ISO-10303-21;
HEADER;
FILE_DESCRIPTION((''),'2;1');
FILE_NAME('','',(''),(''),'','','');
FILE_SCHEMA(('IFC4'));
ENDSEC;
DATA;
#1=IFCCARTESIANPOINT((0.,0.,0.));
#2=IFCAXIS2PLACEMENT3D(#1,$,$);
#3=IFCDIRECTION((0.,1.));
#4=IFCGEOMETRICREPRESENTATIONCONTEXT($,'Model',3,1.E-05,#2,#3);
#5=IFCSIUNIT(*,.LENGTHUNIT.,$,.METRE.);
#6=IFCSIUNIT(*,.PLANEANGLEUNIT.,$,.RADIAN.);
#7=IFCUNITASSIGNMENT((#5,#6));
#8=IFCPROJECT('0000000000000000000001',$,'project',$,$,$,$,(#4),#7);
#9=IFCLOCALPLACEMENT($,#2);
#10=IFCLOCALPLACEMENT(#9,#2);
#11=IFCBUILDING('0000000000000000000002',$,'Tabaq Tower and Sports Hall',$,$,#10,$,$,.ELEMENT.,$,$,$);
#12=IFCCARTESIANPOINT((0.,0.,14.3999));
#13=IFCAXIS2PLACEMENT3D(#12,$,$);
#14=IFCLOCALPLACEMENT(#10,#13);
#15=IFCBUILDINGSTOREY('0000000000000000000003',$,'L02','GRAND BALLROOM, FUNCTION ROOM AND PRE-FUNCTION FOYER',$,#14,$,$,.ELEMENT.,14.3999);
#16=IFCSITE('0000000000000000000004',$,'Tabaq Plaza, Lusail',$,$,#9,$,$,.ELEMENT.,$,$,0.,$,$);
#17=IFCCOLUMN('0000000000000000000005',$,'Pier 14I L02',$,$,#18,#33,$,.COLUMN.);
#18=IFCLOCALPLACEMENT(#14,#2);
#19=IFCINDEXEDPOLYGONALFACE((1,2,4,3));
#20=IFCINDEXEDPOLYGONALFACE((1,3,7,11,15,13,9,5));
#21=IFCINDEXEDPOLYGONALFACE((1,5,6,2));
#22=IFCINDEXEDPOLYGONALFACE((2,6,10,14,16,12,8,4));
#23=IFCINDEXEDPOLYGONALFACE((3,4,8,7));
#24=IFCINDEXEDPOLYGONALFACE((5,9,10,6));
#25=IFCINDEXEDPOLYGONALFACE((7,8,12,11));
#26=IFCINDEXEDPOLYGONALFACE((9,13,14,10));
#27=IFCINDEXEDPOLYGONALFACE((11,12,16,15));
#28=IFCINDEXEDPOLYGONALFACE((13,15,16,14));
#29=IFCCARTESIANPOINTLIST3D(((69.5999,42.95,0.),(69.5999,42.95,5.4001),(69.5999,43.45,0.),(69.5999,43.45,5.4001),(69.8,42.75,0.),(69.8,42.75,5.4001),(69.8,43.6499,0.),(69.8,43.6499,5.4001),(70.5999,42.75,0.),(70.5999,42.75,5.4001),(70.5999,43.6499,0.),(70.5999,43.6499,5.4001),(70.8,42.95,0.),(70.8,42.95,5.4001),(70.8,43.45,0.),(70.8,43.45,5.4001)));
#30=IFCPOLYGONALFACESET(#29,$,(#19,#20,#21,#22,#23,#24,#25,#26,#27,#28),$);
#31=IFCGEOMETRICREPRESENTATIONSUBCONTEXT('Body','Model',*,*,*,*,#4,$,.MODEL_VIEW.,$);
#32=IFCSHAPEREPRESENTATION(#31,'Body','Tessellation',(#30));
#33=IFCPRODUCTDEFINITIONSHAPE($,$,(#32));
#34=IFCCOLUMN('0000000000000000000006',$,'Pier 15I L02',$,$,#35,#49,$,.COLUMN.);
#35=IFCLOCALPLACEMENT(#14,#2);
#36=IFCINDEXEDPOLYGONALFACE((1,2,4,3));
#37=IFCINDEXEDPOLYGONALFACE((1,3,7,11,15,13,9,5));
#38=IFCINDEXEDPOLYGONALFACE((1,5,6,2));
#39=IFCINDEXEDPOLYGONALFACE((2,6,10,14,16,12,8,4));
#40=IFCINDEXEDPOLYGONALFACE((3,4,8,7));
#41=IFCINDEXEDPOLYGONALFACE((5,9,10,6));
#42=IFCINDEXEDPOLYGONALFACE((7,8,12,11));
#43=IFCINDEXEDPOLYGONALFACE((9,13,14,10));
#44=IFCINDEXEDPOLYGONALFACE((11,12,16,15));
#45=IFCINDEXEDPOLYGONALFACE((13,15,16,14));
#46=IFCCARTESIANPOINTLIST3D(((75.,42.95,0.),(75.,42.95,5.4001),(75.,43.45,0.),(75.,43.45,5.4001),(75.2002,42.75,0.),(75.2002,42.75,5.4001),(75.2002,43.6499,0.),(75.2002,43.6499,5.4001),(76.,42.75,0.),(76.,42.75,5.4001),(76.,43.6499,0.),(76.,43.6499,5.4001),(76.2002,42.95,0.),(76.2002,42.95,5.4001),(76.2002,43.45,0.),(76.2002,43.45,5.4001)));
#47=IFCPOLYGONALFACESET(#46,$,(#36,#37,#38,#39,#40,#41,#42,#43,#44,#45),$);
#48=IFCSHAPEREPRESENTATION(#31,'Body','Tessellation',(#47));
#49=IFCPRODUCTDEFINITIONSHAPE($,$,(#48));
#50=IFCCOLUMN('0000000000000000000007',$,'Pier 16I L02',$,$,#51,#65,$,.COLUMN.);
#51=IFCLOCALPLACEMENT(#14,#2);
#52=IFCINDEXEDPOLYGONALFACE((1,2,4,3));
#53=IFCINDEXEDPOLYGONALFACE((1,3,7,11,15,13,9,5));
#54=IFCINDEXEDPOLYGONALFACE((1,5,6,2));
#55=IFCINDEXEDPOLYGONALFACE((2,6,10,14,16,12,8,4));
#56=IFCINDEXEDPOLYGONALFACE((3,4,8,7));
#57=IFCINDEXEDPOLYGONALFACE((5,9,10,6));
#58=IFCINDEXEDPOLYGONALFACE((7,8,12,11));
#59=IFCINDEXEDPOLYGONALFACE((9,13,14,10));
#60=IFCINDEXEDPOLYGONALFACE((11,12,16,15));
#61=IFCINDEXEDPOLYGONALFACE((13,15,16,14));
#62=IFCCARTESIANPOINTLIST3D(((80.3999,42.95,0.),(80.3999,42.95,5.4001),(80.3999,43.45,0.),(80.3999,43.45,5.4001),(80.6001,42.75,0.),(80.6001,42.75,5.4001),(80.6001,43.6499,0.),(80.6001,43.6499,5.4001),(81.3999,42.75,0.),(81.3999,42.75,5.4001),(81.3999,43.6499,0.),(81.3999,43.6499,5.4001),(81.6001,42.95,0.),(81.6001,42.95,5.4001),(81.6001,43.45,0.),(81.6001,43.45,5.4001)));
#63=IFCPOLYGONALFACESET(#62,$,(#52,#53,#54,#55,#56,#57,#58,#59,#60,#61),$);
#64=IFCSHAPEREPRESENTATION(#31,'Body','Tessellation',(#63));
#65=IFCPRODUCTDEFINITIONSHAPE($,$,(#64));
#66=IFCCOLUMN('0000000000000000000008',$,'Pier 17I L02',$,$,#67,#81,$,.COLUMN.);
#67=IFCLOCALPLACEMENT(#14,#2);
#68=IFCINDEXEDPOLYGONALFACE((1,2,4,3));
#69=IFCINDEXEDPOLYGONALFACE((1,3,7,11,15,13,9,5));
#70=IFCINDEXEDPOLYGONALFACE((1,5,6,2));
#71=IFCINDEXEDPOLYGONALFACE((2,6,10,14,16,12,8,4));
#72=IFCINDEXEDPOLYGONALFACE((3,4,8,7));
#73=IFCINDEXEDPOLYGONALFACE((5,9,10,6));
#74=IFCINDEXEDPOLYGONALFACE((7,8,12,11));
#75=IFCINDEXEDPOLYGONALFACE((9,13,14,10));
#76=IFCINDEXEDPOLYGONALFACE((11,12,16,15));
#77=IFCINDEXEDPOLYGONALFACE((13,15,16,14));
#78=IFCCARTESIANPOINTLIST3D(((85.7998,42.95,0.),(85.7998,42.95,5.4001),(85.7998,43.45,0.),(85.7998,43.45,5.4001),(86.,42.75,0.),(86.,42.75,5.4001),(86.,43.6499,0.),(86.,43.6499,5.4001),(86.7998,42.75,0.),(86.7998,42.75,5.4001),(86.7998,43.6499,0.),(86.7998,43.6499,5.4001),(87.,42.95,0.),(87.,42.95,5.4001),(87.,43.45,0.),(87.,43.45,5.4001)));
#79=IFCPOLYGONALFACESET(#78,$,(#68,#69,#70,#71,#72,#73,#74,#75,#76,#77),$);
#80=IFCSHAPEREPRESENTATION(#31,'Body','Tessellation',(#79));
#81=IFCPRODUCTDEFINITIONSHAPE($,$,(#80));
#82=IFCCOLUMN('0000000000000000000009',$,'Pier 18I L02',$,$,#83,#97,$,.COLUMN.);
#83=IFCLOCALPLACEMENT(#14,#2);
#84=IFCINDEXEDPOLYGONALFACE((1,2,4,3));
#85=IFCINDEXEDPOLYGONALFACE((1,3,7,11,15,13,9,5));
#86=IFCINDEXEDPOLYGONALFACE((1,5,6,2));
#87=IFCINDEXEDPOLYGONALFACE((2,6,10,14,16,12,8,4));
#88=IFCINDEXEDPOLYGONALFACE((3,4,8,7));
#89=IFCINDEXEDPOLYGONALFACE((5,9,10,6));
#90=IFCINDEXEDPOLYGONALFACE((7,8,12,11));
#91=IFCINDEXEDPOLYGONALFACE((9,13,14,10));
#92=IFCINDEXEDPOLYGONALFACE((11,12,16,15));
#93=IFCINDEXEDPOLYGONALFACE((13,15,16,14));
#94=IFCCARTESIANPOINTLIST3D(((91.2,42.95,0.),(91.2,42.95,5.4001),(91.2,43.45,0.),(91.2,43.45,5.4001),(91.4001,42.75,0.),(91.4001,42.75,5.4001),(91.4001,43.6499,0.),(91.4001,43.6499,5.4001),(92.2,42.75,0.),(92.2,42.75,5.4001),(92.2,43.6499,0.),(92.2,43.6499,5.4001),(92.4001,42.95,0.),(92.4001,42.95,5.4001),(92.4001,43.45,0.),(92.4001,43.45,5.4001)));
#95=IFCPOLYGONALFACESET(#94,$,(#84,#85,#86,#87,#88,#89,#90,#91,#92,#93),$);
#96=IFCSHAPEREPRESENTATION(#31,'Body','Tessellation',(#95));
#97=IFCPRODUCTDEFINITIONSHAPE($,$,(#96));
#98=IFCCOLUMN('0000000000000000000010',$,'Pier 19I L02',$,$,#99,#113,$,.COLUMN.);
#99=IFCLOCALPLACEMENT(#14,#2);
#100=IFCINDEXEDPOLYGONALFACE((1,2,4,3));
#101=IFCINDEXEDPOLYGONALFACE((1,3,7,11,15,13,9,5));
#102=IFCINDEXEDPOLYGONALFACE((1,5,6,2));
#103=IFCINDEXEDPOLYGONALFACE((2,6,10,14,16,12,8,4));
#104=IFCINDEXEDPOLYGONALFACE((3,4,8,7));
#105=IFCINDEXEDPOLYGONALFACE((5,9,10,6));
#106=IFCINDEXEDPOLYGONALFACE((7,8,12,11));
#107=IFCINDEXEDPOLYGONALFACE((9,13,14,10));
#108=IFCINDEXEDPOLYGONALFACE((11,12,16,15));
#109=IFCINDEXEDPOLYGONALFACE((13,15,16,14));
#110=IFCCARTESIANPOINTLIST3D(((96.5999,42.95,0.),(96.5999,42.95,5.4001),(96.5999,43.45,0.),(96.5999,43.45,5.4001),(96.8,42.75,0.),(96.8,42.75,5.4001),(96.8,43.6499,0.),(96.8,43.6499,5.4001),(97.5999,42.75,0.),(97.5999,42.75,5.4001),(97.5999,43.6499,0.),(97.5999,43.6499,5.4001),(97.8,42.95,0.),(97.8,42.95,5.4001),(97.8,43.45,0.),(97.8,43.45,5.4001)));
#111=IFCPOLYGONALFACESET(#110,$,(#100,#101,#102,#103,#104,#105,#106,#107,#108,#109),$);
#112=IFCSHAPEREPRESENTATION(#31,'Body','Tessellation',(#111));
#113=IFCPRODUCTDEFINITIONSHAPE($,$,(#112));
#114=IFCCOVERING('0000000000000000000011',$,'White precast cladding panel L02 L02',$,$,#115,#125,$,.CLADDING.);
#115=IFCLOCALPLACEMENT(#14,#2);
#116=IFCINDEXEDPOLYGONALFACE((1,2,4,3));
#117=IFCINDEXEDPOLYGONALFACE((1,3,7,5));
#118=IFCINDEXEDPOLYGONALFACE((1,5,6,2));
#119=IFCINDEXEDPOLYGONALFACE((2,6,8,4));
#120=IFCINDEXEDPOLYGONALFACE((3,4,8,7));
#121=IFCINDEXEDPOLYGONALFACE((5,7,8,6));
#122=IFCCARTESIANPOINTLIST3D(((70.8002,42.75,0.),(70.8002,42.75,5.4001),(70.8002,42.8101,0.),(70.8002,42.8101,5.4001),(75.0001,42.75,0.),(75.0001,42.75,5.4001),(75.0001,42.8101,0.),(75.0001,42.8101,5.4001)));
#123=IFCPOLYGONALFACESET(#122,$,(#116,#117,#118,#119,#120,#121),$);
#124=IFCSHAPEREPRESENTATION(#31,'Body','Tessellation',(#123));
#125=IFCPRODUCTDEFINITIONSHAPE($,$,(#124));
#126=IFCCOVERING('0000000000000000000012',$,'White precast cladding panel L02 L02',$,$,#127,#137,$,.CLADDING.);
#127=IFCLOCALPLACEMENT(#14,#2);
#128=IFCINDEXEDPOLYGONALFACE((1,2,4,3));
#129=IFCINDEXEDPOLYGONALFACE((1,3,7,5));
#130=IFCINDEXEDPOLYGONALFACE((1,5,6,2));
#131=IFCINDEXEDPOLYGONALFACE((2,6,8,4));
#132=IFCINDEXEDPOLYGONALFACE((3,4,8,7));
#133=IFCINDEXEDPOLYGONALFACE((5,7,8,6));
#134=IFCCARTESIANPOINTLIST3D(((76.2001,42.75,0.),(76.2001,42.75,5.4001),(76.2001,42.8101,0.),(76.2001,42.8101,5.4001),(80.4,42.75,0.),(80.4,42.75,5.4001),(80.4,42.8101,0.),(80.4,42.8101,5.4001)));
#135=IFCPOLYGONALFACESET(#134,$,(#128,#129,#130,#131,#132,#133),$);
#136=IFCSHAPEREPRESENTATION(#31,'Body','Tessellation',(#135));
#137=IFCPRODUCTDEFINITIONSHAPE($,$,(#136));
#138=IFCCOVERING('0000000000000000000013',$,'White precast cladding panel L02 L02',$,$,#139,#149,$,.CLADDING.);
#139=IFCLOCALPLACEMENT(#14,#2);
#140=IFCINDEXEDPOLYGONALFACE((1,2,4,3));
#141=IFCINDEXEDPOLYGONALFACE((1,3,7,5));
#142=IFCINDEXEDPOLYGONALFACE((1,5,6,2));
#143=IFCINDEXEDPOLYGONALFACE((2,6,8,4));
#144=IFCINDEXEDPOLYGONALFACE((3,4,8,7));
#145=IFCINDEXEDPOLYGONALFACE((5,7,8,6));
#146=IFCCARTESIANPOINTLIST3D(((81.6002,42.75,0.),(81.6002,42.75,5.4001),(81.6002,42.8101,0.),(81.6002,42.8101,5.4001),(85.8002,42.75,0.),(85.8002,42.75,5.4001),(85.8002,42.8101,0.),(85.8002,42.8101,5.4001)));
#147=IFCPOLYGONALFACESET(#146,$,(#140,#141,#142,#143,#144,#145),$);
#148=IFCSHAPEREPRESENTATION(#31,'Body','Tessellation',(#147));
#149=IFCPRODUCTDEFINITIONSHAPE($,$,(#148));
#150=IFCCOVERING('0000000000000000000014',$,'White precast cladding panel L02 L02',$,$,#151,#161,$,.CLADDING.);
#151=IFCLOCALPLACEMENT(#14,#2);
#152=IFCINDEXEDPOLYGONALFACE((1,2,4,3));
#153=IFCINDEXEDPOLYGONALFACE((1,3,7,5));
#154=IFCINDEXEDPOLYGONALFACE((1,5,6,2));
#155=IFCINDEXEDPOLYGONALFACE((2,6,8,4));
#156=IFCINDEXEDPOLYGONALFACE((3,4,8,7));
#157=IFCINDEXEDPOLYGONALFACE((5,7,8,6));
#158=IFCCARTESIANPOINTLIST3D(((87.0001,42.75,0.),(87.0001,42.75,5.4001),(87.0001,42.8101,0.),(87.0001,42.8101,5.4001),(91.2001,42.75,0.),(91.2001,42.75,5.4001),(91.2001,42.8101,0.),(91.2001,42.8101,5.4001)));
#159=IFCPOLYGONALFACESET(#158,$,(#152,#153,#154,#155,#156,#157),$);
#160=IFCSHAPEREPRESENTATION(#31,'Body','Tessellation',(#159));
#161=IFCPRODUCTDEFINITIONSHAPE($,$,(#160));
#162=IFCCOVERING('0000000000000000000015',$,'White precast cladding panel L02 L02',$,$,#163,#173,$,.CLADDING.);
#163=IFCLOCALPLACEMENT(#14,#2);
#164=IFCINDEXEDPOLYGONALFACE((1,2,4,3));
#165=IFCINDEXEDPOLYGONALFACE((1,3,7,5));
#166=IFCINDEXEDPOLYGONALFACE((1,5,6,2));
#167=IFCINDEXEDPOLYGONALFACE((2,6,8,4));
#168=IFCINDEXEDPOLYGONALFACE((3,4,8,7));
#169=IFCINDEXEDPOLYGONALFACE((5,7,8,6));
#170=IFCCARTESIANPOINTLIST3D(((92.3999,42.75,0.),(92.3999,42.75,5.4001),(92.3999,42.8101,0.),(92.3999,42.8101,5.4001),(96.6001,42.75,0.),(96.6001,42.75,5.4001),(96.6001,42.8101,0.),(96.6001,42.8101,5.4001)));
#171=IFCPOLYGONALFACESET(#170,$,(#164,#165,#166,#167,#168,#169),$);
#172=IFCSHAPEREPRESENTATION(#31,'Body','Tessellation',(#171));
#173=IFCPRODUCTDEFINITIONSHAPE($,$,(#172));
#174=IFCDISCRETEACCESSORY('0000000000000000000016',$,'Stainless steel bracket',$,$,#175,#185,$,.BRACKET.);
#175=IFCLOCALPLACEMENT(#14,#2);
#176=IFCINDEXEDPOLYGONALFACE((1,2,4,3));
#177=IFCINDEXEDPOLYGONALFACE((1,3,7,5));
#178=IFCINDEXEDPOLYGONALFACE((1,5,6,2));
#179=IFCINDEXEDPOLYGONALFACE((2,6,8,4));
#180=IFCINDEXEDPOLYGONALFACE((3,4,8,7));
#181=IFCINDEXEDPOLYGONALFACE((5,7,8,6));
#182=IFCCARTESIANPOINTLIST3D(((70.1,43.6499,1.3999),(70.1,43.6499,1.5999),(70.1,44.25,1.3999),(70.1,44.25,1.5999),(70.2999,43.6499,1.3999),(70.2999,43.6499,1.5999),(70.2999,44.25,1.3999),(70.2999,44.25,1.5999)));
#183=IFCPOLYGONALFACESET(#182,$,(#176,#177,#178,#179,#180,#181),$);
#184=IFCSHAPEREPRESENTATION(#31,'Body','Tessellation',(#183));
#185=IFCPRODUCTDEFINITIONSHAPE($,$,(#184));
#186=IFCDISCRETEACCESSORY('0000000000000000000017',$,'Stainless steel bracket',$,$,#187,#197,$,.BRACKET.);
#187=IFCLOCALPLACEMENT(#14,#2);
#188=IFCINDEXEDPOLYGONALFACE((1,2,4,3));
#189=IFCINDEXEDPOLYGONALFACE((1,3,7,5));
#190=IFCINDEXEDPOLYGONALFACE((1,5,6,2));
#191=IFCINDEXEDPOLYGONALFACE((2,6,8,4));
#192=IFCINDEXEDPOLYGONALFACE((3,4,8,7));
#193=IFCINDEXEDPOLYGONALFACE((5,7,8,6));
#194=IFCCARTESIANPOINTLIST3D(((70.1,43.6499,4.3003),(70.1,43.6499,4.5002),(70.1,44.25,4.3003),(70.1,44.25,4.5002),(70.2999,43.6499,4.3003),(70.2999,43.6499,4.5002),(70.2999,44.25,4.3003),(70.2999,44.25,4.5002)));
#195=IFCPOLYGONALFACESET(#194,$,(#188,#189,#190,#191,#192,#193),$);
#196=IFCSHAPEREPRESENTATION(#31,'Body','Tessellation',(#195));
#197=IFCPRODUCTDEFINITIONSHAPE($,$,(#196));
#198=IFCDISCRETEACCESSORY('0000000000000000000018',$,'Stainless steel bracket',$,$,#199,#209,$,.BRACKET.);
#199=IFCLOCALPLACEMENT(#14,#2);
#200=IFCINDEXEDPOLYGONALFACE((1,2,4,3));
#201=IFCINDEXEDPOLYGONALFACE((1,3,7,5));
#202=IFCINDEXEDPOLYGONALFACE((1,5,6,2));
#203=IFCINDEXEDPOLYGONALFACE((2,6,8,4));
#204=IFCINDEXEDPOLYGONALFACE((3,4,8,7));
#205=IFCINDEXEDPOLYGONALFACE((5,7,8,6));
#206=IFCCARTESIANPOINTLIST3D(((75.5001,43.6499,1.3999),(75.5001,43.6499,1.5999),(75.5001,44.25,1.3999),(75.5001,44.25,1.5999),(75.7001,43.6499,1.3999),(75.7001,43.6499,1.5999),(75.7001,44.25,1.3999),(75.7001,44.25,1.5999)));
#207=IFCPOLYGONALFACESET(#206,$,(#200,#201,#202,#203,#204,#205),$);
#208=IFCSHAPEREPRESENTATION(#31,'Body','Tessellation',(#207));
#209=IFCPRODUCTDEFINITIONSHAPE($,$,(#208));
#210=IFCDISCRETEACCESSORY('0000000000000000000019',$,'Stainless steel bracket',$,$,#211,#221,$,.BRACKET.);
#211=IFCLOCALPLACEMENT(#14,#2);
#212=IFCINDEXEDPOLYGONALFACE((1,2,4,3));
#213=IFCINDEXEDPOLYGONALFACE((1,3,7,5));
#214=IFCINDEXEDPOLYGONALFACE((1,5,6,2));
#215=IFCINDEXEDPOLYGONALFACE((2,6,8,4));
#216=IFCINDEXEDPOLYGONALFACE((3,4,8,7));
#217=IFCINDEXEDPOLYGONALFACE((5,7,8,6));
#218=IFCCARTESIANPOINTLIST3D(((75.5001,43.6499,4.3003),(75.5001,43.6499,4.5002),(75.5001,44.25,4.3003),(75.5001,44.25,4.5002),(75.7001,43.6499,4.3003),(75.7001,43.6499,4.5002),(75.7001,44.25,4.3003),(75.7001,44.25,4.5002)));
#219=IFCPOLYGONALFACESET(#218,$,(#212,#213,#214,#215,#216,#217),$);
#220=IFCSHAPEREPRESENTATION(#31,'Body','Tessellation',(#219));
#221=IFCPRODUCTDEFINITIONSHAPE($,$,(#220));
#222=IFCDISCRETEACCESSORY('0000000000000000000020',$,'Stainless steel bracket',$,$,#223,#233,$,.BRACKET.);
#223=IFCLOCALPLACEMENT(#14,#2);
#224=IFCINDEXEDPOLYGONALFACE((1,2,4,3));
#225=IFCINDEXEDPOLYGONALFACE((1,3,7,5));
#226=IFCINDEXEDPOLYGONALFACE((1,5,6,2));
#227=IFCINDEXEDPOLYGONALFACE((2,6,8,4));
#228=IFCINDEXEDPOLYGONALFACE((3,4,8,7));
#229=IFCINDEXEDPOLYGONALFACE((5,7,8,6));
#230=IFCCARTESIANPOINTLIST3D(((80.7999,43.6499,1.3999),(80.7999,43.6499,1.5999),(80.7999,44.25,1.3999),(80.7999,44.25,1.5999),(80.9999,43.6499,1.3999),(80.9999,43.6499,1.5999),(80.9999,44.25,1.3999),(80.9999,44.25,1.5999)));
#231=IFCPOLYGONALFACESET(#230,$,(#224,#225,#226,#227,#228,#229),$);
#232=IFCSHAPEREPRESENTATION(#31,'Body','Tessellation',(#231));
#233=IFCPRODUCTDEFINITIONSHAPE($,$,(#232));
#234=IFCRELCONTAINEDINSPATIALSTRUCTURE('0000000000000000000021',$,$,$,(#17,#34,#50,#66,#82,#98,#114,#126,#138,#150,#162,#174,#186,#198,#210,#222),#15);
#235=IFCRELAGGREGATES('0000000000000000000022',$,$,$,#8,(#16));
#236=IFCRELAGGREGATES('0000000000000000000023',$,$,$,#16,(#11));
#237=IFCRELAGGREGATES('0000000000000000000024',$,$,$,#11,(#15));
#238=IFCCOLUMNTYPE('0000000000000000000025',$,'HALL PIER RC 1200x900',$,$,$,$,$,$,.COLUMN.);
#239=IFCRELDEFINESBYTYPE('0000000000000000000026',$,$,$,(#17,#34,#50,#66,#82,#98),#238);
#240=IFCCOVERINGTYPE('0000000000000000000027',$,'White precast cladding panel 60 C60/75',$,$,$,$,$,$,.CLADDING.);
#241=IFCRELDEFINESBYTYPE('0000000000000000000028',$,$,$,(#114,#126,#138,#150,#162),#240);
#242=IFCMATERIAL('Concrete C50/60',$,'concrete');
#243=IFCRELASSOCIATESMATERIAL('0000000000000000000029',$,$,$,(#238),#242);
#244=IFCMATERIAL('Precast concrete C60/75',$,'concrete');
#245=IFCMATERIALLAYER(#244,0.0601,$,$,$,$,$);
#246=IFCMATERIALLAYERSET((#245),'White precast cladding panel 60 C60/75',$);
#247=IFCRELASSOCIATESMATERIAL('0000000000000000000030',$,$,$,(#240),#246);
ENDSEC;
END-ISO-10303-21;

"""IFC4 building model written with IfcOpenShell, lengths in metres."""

from ifc_helpers import new_model, si_unit, direction, frame, frame_2d, origin, origin_2d, place, context, subcontext, project, spatial, polyline, rectangle, outline, extrude, material, layer, layer_set, material_profile, profile_set, type_object, element, save


model = new_model("IFC4")

# Units and contexts
model_context = context("Model", 3, precision=1e-05, world=origin(), true_north=direction((0.0, 1.0)))
body_context = subcontext(model_context, "Body", "Model", "MODEL_VIEW")
ifc_project = project(units=[si_unit("LENGTHUNIT", "METRE"), si_unit("PLANEANGLEUNIT", "RADIAN")], contexts=[model_context])

# Site, building, storey
site_placement = place(None, origin())
site = spatial("IfcSite", under=ifc_project, at=site_placement, Name="Tabaq Plaza, Lusail", CompositionType="ELEMENT", RefElevation=0.0)
building_placement = place(site_placement, origin())
building = spatial("IfcBuilding", under=site, at=building_placement, Name="Tabaq Tower and Sports Hall", CompositionType="ELEMENT")
storey_placement = place(building_placement, frame((0.0, 0.0, 14.3999)))
storey = spatial("IfcBuildingStorey", under=building, at=storey_placement, Name="L02", Description="GRAND BALLROOM, FUNCTION ROOM AND PRE-FUNCTION FOYER", CompositionType="ELEMENT", Elevation=14.3999)

# Columns
ifc_material_1 = material(Name="Concrete C50/60", Category="concrete")
ifc_material_profile = material_profile(ifc_material_1, outline(polyline([(-0.3999, -0.45), (0.3999, -0.45), (0.6001, -0.25), (0.6001, 0.25), (0.3999, 0.45), (-0.3999, 0.45), (-0.6001, 0.25), (-0.6001, -0.25), (-0.3999, -0.45)])), Name="PIER 1200x900")
ifc_profile_set = profile_set([ifc_material_profile], Name="Concrete C50/60")
column_type = type_object("IfcColumnType", Name="HALL PIER RC 1200x900", PredefinedType="COLUMN", material=ifc_profile_set)
for number, where, z_axis, x_axis, name in (
    (1, (70.2, 43.2, 0.0), (0.0, 0.0, 1.0), (1.0, 0.0, 0.0), "Pier 14I L02"),
    (2, (75.6001, 43.2, 0.0), (0.0, 0.0, 1.0), (1.0, 0.0, 0.0), "Pier 15I L02"),
    (3, (81.0, 43.2, 0.0), (0.0, 0.0, 1.0), (1.0, 0.0, 0.0), "Pier 16I L02"),
    (4, (86.3999, 43.2, 0.0), (0.0, 0.0, 1.0), (1.0, 0.0, 0.0), "Pier 17I L02"),
    (5, (91.8, 43.2, 0.0), (0.0, 0.0, 1.0), (1.0, 0.0, 0.0), "Pier 18I L02"),
    (6, (97.2, 43.2, 0.0), (0.0, 0.0, 1.0), (1.0, 0.0, 0.0), "Pier 19I L02"),
):
    element("IfcColumn", number, at=place(storey_placement, frame(where, z_axis=z_axis, x_axis=x_axis)), inside=storey, type_object=column_type, Name=name, PredefinedType="COLUMN", context=body_context, shape_type="SweptSolid", body=[
        extrude(outline(polyline([(-0.3999, -0.45), (0.3999, -0.45), (0.6001, -0.25), (0.6001, 0.25), (0.3999, 0.45), (-0.3999, 0.45), (-0.6001, 0.25), (-0.6001, -0.25), (-0.3999, -0.45)])), origin(), (0.0, 0.0, 1.0), 5.4001),
    ])

# Coverings
ifc_material_2 = material(Name="Precast concrete C60/75", Category="concrete")
ifc_layer = layer(ifc_material_2, 0.0601)
ifc_layer_set = layer_set([ifc_layer], Name="White precast cladding panel 60 C60/75")
covering_type = type_object("IfcCoveringType", Name="White precast cladding panel 60 C60/75", PredefinedType="CLADDING", material=ifc_layer_set)
for number, where, z_axis, x_axis, name in (
    (7, (70.8, 42.78, 0.0), (0.0, 0.0, 1.0), (1.0, 0.0, 0.0), "White precast cladding panel L02 L02"),
    (8, (76.2, 42.78, 0.0), (0.0, 0.0, 1.0), (1.0, 0.0, 0.0), "White precast cladding panel L02 L02"),
    (9, (81.6001, 42.78, 0.0), (0.0, 0.0, 1.0), (1.0, 0.0, 0.0), "White precast cladding panel L02 L02"),
    (10, (87.0, 42.78, 0.0), (0.0, 0.0, 1.0), (1.0, 0.0, 0.0), "White precast cladding panel L02 L02"),
):
    element("IfcCovering", number, at=place(storey_placement, frame(where, z_axis=z_axis, x_axis=x_axis)), inside=storey, type_object=covering_type, Name=name, PredefinedType="CLADDING", context=body_context, shape_type="SweptSolid", body=[
        extrude(rectangle(XDim=4.2, YDim=0.0601, at=frame_2d((2.1001, 0.0))), origin(), (0.0, 0.0, 1.0), 5.4001),
    ])
covering_placement = place(storey_placement, frame((92.3999, 42.78, 0.0), z_axis=(0.0, 0.0, 1.0), x_axis=(1.0, 0.0, 0.0)))
element("IfcCovering", 11, at=covering_placement, inside=storey, type_object=covering_type, Name="White precast cladding panel L02 L02", PredefinedType="CLADDING", context=body_context, shape_type="SweptSolid", body=[
    extrude(rectangle(XDim=4.2002, YDim=0.0601, at=frame_2d((2.1001, 0.0))), origin(), (0.0, 0.0, 1.0), 5.4001),
])

# Discrete accessories
for number, where, z_axis, x_axis, name in (
    (12, (70.2, 43.95, 1.3999), (0.0, 0.0, 1.0), (1.0, 0.0, 0.0), "Stainless steel bracket"),
    (13, (70.2, 43.95, 4.3003), (0.0, 0.0, 1.0), (1.0, 0.0, 0.0), "Stainless steel bracket"),
    (14, (75.6001, 43.95, 1.3999), (0.0, 0.0, 1.0), (1.0, 0.0, 0.0), "Stainless steel bracket"),
    (15, (75.6001, 43.95, 4.3003), (0.0, 0.0, 1.0), (1.0, 0.0, 0.0), "Stainless steel bracket"),
    (16, (80.8999, 43.95, 1.3999), (0.0, 0.0, 1.0), (1.0, 0.0, 0.0), "Stainless steel bracket"),
):
    element("IfcDiscreteAccessory", number, at=place(storey_placement, frame(where, z_axis=z_axis, x_axis=x_axis)), inside=storey, Name=name, PredefinedType="BRACKET", context=body_context, shape_type="SweptSolid", body=[
        extrude(rectangle(XDim=0.2, YDim=0.6001, at=origin_2d()), origin(), (0.0, 0.0, 1.0), 0.2),
    ])

save(model, "model.ifc")
